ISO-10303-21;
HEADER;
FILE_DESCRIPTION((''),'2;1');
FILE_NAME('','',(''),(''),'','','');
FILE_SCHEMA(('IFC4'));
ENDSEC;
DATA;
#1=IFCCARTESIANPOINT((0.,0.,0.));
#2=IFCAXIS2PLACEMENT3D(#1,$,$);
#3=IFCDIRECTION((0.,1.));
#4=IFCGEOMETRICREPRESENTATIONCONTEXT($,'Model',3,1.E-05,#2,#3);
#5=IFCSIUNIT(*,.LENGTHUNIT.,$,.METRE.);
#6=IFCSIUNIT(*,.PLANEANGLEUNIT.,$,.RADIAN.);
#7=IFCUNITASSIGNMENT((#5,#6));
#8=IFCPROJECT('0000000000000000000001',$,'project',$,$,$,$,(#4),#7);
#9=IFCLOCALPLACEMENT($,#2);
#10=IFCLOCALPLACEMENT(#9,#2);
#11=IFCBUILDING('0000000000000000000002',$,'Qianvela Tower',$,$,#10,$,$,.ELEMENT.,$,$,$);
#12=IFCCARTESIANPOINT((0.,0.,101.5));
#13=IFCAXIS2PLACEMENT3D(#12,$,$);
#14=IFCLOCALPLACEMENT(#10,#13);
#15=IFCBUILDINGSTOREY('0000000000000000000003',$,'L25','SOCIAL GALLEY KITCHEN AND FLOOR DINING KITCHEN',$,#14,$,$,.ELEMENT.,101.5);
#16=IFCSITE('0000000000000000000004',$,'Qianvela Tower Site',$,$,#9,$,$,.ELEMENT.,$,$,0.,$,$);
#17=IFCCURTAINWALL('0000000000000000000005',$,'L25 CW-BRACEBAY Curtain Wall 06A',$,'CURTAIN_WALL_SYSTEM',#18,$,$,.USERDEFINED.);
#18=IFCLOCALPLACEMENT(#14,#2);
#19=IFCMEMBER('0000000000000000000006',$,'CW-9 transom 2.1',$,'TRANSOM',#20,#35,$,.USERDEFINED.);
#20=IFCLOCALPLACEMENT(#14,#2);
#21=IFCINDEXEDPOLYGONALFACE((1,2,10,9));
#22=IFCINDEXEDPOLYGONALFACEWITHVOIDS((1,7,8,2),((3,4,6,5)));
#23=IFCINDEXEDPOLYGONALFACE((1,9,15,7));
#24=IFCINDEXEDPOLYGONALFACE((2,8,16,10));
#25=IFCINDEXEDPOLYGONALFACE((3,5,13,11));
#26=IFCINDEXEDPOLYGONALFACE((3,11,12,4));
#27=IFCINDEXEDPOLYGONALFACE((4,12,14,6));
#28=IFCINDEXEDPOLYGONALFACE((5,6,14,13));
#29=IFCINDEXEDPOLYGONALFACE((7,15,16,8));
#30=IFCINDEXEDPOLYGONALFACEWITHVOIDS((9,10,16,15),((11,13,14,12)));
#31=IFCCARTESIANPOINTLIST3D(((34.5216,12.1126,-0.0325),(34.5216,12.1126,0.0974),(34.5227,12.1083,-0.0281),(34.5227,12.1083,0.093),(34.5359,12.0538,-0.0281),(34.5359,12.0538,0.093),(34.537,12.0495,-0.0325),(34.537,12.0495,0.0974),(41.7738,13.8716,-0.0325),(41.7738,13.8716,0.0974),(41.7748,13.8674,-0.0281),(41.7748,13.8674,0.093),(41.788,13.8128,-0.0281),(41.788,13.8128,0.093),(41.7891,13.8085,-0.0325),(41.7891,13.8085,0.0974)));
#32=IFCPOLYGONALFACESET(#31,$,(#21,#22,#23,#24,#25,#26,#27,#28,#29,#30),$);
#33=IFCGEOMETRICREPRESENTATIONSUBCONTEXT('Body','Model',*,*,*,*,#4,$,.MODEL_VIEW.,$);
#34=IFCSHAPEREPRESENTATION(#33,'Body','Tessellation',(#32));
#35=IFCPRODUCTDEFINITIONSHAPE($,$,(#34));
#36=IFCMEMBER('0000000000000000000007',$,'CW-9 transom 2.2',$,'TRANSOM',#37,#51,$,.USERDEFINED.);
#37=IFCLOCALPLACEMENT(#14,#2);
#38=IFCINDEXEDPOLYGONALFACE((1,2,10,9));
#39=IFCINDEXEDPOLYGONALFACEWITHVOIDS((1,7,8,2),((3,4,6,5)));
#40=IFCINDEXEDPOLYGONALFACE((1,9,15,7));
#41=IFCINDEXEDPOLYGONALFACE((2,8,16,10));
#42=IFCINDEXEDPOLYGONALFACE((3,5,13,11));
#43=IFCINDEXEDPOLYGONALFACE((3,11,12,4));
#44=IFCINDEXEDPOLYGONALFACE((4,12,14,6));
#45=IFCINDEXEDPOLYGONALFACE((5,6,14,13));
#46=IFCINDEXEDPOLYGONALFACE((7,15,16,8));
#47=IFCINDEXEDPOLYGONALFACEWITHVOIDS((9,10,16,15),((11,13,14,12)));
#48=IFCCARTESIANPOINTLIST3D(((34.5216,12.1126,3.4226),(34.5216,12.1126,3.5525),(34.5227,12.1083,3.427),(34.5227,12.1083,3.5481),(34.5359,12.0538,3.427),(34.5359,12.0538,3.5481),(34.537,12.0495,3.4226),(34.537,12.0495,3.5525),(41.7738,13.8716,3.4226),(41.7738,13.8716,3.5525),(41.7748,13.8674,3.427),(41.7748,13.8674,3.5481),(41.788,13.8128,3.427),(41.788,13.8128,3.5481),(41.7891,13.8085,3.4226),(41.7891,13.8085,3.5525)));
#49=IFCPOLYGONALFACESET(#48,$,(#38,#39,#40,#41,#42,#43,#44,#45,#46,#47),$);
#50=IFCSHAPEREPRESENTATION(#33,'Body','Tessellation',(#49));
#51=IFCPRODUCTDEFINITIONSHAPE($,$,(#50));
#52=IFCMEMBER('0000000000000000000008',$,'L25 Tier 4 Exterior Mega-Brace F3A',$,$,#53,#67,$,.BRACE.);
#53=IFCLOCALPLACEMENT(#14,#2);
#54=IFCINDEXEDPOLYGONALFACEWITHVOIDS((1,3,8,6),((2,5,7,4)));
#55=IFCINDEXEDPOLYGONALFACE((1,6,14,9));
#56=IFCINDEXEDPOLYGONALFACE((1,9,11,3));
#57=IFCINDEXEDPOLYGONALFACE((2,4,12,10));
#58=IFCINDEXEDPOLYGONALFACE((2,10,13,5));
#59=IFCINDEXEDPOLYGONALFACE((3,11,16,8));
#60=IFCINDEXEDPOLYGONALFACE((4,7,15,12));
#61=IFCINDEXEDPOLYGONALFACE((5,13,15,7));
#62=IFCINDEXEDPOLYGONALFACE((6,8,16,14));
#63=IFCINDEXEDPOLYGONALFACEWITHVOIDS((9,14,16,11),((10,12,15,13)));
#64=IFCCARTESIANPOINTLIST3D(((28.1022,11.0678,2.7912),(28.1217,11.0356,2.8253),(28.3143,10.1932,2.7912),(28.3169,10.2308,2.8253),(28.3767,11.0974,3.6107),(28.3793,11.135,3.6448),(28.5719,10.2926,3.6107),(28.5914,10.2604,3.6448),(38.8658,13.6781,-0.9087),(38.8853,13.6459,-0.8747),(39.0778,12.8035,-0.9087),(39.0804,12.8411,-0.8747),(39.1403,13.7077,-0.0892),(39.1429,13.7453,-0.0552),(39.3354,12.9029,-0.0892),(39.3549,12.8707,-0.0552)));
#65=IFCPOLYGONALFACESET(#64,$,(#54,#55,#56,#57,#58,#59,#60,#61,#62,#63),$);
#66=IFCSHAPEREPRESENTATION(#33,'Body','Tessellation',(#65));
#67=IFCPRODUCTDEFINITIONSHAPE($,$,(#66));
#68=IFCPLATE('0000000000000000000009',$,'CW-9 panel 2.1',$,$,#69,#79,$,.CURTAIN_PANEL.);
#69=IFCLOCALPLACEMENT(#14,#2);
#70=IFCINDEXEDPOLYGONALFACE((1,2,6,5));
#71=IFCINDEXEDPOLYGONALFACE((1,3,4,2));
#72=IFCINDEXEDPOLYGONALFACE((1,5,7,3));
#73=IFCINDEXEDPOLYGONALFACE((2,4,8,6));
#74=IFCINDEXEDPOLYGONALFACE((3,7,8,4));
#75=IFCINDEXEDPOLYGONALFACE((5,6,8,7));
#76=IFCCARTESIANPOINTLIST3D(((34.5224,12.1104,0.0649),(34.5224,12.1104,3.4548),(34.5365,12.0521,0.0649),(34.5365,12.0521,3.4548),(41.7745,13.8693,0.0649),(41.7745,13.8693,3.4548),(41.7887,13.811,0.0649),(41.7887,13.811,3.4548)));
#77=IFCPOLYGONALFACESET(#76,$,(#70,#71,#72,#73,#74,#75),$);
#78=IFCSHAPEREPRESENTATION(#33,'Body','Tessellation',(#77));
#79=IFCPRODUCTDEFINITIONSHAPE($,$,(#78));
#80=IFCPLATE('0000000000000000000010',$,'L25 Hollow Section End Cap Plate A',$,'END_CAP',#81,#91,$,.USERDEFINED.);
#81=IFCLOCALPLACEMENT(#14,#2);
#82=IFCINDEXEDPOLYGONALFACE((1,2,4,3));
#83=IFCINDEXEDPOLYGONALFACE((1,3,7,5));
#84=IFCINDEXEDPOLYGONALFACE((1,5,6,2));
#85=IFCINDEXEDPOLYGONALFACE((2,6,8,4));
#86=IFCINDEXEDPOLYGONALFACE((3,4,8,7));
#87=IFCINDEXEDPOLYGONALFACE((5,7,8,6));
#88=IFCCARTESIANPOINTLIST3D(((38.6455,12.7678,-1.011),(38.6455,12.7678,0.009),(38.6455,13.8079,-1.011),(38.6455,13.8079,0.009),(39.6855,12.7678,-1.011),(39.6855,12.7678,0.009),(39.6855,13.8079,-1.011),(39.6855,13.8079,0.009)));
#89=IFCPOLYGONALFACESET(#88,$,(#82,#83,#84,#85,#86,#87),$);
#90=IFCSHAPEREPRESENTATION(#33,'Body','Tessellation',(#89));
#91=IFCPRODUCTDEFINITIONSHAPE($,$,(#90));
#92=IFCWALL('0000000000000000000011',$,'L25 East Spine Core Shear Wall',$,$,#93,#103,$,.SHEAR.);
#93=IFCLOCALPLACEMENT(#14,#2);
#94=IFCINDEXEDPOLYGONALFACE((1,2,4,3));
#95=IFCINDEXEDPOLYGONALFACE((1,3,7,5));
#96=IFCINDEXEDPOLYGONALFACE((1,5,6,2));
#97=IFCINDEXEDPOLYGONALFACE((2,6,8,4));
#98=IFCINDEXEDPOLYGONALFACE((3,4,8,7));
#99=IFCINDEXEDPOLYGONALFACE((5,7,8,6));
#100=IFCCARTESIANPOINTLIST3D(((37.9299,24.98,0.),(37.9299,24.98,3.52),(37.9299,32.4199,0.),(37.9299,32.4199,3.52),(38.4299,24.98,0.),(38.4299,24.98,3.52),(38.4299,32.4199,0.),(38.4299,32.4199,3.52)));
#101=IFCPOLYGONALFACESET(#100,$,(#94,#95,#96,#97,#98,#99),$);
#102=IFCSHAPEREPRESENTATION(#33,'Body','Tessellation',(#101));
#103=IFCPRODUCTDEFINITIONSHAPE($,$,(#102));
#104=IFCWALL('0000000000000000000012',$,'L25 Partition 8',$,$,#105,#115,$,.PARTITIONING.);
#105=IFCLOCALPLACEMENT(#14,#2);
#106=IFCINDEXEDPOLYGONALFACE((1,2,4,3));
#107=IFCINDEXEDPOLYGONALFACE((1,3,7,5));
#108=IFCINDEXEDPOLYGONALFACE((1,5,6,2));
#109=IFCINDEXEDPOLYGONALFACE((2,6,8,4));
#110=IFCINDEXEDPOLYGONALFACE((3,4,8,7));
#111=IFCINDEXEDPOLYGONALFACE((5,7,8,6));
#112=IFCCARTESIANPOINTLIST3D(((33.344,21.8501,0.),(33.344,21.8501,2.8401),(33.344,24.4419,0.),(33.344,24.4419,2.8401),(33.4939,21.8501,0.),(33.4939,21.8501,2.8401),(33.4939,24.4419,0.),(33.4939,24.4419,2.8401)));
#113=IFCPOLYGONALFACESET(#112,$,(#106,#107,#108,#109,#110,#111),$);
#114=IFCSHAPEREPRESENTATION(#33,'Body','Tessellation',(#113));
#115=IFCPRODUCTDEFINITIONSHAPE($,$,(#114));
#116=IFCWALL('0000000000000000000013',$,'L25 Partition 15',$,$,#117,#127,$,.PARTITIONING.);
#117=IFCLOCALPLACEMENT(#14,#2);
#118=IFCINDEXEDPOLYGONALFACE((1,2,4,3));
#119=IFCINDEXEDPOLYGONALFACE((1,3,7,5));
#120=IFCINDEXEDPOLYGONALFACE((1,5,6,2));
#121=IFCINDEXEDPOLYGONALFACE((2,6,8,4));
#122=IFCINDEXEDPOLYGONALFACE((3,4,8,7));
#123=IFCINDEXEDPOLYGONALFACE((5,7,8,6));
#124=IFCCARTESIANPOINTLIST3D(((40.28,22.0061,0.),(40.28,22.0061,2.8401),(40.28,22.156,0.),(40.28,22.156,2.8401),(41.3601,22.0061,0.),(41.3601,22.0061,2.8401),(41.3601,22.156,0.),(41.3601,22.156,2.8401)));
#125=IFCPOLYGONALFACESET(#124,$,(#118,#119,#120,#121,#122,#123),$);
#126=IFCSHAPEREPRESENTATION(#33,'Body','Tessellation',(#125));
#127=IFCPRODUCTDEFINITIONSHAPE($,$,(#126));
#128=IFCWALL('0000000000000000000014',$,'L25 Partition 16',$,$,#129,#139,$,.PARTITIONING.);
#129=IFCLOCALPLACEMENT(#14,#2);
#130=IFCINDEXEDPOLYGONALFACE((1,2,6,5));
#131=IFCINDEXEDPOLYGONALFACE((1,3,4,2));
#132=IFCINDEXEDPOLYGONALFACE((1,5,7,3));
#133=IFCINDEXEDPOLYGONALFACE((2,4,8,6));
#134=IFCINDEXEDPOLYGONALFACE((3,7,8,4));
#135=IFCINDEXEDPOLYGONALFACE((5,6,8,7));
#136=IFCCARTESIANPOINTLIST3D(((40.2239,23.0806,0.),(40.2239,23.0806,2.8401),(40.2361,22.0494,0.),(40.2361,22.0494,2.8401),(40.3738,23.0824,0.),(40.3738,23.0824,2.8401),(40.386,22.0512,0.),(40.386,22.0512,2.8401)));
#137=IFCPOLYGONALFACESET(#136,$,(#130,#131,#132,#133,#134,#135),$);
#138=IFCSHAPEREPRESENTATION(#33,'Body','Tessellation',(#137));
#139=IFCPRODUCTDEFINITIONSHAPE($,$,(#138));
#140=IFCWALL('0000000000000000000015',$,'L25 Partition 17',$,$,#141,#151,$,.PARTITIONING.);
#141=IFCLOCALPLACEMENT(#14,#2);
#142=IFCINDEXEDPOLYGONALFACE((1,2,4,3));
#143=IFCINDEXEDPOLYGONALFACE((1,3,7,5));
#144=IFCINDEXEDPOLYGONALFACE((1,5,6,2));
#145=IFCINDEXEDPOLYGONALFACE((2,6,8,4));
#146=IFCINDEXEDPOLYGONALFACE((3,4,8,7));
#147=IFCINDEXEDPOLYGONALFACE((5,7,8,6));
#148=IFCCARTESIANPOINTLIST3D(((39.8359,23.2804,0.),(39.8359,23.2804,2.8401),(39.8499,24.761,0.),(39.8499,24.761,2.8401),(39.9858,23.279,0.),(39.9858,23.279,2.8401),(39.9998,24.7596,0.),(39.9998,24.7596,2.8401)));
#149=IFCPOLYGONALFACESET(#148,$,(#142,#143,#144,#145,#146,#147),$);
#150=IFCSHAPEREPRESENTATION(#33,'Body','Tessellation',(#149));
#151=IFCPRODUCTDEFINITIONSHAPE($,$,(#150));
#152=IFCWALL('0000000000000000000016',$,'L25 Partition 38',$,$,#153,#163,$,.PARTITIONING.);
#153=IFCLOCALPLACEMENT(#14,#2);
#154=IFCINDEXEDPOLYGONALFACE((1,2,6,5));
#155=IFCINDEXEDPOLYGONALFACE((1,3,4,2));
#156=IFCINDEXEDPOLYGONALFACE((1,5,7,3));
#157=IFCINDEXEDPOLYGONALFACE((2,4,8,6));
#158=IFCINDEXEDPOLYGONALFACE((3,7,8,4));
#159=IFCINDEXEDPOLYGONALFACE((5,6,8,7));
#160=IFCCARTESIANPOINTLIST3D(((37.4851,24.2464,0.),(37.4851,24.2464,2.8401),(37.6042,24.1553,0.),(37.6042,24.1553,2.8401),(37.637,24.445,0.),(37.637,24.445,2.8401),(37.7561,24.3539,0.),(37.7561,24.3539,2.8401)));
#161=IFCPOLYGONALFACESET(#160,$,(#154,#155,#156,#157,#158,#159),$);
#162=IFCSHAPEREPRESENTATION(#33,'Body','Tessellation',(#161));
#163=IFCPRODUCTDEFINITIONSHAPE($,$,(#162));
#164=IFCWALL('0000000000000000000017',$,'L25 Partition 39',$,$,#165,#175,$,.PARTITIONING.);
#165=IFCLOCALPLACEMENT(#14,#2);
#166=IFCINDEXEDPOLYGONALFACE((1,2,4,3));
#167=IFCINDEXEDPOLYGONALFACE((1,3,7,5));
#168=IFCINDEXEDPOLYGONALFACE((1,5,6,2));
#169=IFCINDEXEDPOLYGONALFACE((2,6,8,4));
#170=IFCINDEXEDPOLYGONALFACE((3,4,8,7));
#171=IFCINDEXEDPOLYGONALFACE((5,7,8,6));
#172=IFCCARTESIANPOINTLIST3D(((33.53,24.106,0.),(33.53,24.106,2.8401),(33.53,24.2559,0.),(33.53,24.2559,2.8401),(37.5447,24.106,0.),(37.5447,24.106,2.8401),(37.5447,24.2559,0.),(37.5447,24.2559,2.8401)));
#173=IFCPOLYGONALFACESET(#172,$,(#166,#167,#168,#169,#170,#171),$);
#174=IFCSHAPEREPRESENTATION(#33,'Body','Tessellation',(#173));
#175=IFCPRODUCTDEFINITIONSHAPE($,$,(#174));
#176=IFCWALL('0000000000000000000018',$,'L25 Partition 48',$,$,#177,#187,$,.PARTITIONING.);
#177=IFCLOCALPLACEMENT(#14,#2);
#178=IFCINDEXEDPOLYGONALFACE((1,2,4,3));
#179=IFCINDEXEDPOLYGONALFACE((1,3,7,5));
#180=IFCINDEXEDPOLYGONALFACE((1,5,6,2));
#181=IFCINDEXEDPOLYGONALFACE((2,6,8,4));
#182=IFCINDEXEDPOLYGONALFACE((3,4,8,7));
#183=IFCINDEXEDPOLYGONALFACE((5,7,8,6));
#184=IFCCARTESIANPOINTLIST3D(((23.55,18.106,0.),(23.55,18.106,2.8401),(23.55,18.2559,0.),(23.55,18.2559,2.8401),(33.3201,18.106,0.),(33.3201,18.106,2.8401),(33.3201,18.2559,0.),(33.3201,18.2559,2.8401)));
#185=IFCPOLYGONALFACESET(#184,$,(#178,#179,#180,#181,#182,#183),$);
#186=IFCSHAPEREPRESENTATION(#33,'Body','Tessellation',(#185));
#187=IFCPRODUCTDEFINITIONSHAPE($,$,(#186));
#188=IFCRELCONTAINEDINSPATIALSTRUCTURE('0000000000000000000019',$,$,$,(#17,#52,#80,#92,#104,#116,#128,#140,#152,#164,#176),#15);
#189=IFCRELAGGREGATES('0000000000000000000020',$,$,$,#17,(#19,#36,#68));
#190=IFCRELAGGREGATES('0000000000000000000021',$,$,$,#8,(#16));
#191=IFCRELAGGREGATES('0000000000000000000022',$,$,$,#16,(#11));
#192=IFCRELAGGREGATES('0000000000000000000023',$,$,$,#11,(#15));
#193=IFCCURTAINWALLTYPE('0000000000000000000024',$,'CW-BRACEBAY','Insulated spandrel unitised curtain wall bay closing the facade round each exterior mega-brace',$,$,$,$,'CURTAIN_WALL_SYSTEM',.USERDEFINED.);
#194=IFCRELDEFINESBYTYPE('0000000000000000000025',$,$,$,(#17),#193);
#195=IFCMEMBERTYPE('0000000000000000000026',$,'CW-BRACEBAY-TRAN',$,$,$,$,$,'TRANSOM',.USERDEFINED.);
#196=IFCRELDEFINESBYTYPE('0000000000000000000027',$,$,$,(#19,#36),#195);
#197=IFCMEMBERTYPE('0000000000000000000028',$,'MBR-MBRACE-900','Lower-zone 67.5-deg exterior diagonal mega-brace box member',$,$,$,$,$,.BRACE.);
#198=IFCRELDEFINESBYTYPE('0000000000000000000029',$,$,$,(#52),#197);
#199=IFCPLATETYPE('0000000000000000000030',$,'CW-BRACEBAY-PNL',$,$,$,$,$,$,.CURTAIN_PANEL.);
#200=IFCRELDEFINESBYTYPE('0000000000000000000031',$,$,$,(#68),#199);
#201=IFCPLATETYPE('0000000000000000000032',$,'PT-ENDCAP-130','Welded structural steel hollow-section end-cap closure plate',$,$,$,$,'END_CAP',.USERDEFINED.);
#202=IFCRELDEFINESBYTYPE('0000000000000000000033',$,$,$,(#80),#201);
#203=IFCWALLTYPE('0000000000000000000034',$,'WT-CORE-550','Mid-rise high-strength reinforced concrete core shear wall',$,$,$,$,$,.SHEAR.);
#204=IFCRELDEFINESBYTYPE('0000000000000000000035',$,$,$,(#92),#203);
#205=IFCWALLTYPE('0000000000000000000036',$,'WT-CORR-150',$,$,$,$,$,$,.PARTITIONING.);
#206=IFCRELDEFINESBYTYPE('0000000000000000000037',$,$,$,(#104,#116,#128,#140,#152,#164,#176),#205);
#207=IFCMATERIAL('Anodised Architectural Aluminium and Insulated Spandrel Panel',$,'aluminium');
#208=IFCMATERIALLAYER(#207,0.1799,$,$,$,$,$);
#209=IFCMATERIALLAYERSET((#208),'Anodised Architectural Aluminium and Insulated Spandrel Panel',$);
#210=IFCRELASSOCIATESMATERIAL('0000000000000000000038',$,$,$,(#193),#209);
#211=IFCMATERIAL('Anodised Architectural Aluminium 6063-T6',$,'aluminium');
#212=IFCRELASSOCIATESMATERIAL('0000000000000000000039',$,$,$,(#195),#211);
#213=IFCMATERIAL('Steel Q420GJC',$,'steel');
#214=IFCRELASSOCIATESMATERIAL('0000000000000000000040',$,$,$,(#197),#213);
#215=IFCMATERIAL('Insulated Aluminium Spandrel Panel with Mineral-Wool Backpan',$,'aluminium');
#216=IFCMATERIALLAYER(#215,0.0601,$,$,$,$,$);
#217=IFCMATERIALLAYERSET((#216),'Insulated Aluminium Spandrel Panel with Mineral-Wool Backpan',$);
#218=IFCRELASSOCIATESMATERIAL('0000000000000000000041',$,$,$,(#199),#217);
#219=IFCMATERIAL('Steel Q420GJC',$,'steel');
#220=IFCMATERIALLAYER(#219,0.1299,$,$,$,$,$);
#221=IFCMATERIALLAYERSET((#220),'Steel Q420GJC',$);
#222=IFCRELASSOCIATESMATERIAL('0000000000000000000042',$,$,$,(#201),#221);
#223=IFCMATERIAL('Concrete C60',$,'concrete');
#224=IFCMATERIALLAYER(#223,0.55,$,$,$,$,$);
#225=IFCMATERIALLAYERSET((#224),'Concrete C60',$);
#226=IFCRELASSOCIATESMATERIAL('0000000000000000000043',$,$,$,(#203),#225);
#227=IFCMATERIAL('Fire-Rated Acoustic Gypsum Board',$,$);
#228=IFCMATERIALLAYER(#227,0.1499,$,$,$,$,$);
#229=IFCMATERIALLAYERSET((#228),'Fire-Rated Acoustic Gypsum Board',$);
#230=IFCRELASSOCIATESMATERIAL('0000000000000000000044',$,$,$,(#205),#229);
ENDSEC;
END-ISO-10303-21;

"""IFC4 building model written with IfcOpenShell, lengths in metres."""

from ifc_helpers import new_model, si_unit, direction, frame, frame_2d, origin, origin_2d, place, context, subcontext, project, spatial, rectangle, hollow_rectangle, extrude, material, layer, layer_set, material_profile, profile_set, type_object, element, aggregate, save


model = new_model("IFC4")

# Units and contexts
model_context = context("Model", 3, precision=1e-05, world=origin(), true_north=direction((0.0, 1.0)))
body_context = subcontext(model_context, "Body", "Model", "MODEL_VIEW")
ifc_project = project(units=[si_unit("LENGTHUNIT", "METRE"), si_unit("PLANEANGLEUNIT", "RADIAN")], contexts=[model_context])

# Site, building, storey
site_placement = place(None, origin())
site = spatial("IfcSite", under=ifc_project, at=site_placement, Name="Qianvela Tower Site", CompositionType="ELEMENT", RefElevation=0.0)
building_placement = place(site_placement, origin())
building = spatial("IfcBuilding", under=site, at=building_placement, Name="Qianvela Tower", CompositionType="ELEMENT")
storey_placement = place(building_placement, frame((0.0, 0.0, 101.5)))
storey = spatial("IfcBuildingStorey", under=building, at=storey_placement, Name="L25", Description="SOCIAL GALLEY KITCHEN AND FLOOR DINING KITCHEN", CompositionType="ELEMENT", Elevation=101.5)

# Curtain wall, members
ifc_material_1 = material(Name="Anodised Architectural Aluminium and Insulated Spandrel Panel", Category="aluminium")
ifc_layer_1 = layer(ifc_material_1, 0.1799)
ifc_layer_set_1 = layer_set([ifc_layer_1], Name="Anodised Architectural Aluminium and Insulated Spandrel Panel")
curtain_wall_type = type_object("IfcCurtainWallType", Name="CW-BRACEBAY", Description="Insulated spandrel unitised curtain wall bay closing the facade round each exterior mega-brace", ElementType="CURTAIN_WALL_SYSTEM", PredefinedType="USERDEFINED", material=ifc_layer_set_1)
curtain_wall_placement = place(storey_placement, origin())
curtain_wall = element("IfcCurtainWall", 1, at=curtain_wall_placement, inside=storey, type_object=curtain_wall_type, Name="L25 CW-BRACEBAY Curtain Wall 06A", ObjectType="CURTAIN_WALL_SYSTEM", PredefinedType="USERDEFINED")
ifc_material_2 = material(Name="Anodised Architectural Aluminium 6063-T6", Category="aluminium")
ifc_material_profile_1 = material_profile(ifc_material_2, hollow_rectangle(XDim=0.0649, YDim=0.1299, WallThickness=0.0044, at=origin_2d()), Name="ALU-TRAN-65x130")
ifc_profile_set_1 = profile_set([ifc_material_profile_1], Name="Anodised Architectural Aluminium 6063-T6")
member_type_1 = type_object("IfcMemberType", Name="CW-BRACEBAY-TRAN", ElementType="TRANSOM", PredefinedType="USERDEFINED", material=ifc_profile_set_1)
member_1_placement = place(storey_placement, frame((34.5293, 12.0811, 0.0325), z_axis=(0.971822, 0.235717, 0.0), x_axis=(-0.235717, 0.971822, 0.0)))
member_1 = element("IfcMember", 2, at=member_1_placement, type_object=member_type_1, Name="CW-9 transom 2.1", ObjectType="TRANSOM", PredefinedType="USERDEFINED", context=body_context, shape_type="SweptSolid", body=[
    extrude(hollow_rectangle(XDim=0.0649, YDim=0.1299, WallThickness=0.0044, at=origin_2d()), origin(), (0.0, 0.0, 1.0), 7.4624),
])
member_2_placement = place(storey_placement, frame((34.5293, 12.0811, 3.4875), z_axis=(0.971822, 0.235717, 0.0), x_axis=(-0.235717, 0.971822, 0.0)))
member_2 = element("IfcMember", 3, at=member_2_placement, type_object=member_type_1, Name="CW-9 transom 2.2", ObjectType="TRANSOM", PredefinedType="USERDEFINED", context=body_context, shape_type="SweptSolid", body=[
    extrude(hollow_rectangle(XDim=0.0649, YDim=0.1299, WallThickness=0.0044, at=origin_2d()), origin(), (0.0, 0.0, 1.0), 7.4624),
])

# Member
ifc_material_3 = material(Name="Steel Q420GJC", Category="steel")
ifc_material_profile_2 = material_profile(ifc_material_3, hollow_rectangle(XDim=0.8999, YDim=0.8999, WallThickness=0.0359, at=origin_2d()), Name="MBOX-900x900x36")
ifc_profile_set_2 = profile_set([ifc_material_profile_2], Name="Steel Q420GJC")
member_type_2 = type_object("IfcMemberType", Name="MBR-MBRACE-900", Description="Lower-zone 67.5-deg exterior diagonal mega-brace box member", PredefinedType="BRACE", material=ifc_profile_set_2)
member_3_placement = place(storey_placement, frame((39.1104, 13.2744, -0.4819), z_axis=(-0.921757, -0.22354, 0.316849), x_axis=(0.235683, -0.97183, 0.0)))
element("IfcMember", 4, at=member_3_placement, inside=storey, type_object=member_type_2, Name="L25 Tier 4 Exterior Mega-Brace F3A", PredefinedType="BRACE", context=body_context, shape_type="SweptSolid", body=[
    extrude(hollow_rectangle(XDim=0.8999, YDim=0.8999, WallThickness=0.0359, at=origin_2d()), origin(), (0.0, 0.0, 1.0), 11.6772),
])

# Plates
ifc_material_4 = material(Name="Insulated Aluminium Spandrel Panel with Mineral-Wool Backpan", Category="aluminium")
ifc_layer_2 = layer(ifc_material_4, 0.0601)
ifc_layer_set_2 = layer_set([ifc_layer_2], Name="Insulated Aluminium Spandrel Panel with Mineral-Wool Backpan")
plate_type_1 = type_object("IfcPlateType", Name="CW-BRACEBAY-PNL", PredefinedType="CURTAIN_PANEL", material=ifc_layer_set_2)
plate_1_placement = place(storey_placement, frame((38.1555, 12.9607, 0.0649), z_axis=(0.0, 0.0, 1.0), x_axis=(0.971826, 0.235701, 0.0)))
plate_1 = element("IfcPlate", 5, at=plate_1_placement, type_object=plate_type_1, Name="CW-9 panel 2.1", PredefinedType="CURTAIN_PANEL", context=body_context, shape_type="SweptSolid", body=[
    extrude(rectangle(XDim=7.4624, YDim=0.0601, at=origin_2d()), origin(), (0.0, 0.0, 1.0), 3.3899),
])
aggregate(curtain_wall, [member_1, member_2, plate_1])
ifc_material_5 = material(Name="Steel Q420GJC", Category="steel")
ifc_layer_3 = layer(ifc_material_5, 0.1299)
ifc_layer_set_3 = layer_set([ifc_layer_3], Name="Steel Q420GJC")
plate_type_2 = type_object("IfcPlateType", Name="PT-ENDCAP-130", Description="Welded structural steel hollow-section end-cap closure plate", ElementType="END_CAP", PredefinedType="USERDEFINED", material=ifc_layer_set_3)
plate_2_placement = place(storey_placement, frame((39.1655, 13.2878, -1.011), z_axis=(0.0, 0.0, 1.0), x_axis=(1.0, 0.0, 0.0)))
element("IfcPlate", 6, at=plate_2_placement, inside=storey, type_object=plate_type_2, Name="L25 Hollow Section End Cap Plate A", ObjectType="END_CAP", PredefinedType="USERDEFINED", context=body_context, shape_type="SweptSolid", body=[
    extrude(rectangle(XDim=1.04, YDim=1.04, at=origin_2d()), origin(), (0.0, 0.0, 1.0), 1.02),
])

# Wall
ifc_material_6 = material(Name="Concrete C60", Category="concrete")
ifc_layer_4 = layer(ifc_material_6, 0.55)
ifc_layer_set_4 = layer_set([ifc_layer_4], Name="Concrete C60")
wall_type_1 = type_object("IfcWallType", Name="WT-CORE-550", Description="Mid-rise high-strength reinforced concrete core shear wall", PredefinedType="SHEAR", material=ifc_layer_set_4)
wall_1_placement = place(storey_placement, frame((38.1799, 24.98, 0.0), z_axis=(0.0, 0.0, 1.0), x_axis=(0.0, 1.0, 0.0)))
element("IfcWall", 7, at=wall_1_placement, inside=storey, type_object=wall_type_1, Name="L25 East Spine Core Shear Wall", PredefinedType="SHEAR", context=body_context, shape_type="SweptSolid", body=[
    extrude(rectangle(XDim=7.4399, YDim=0.5, at=frame_2d((3.72, 0.0))), origin(), (0.0, 0.0, 1.0), 3.52),
])

# Shared definitions
ifc_material_7 = material(Name="Fire-Rated Acoustic Gypsum Board")
ifc_layer_5 = layer(ifc_material_7, 0.1499)
ifc_layer_set_5 = layer_set([ifc_layer_5], Name="Fire-Rated Acoustic Gypsum Board")
wall_type_2 = type_object("IfcWallType", Name="WT-CORR-150", PredefinedType="PARTITIONING", material=ifc_layer_set_5)

# Walls
wall_2_placement = place(storey_placement, frame((33.4189, 24.4419, 0.0), z_axis=(0.0, 0.0, 1.0), x_axis=(0.0, -1.0, 0.0)))
element("IfcWall", 8, at=wall_2_placement, inside=storey, type_object=wall_type_2, Name="L25 Partition 8", PredefinedType="PARTITIONING", context=body_context, shape_type="SweptSolid", body=[
    extrude(rectangle(XDim=2.5918, YDim=0.1499, at=frame_2d((1.2959, 0.0))), origin(), (0.0, 0.0, 1.0), 2.8401),
])
wall_3_placement = place(storey_placement, frame((41.3601, 22.0811, 0.0), z_axis=(0.0, 0.0, 1.0), x_axis=(-1.0, 0.0, 0.0)))
element("IfcWall", 9, at=wall_3_placement, inside=storey, type_object=wall_type_2, Name="L25 Partition 15", PredefinedType="PARTITIONING", context=body_context, shape_type="SweptSolid", body=[
    extrude(rectangle(XDim=1.0801, YDim=0.1499, at=frame_2d((0.54, 0.0))), origin(), (0.0, 0.0, 1.0), 2.8401),
])
wall_4_placement = place(storey_placement, frame((40.311, 22.0503, 0.0), z_axis=(0.0, 0.0, 1.0), x_axis=(-0.011836, 0.99993, 0.0)))
element("IfcWall", 10, at=wall_4_placement, inside=storey, type_object=wall_type_2, Name="L25 Partition 16", PredefinedType="PARTITIONING", context=body_context, shape_type="SweptSolid", body=[
    extrude(rectangle(XDim=1.0312, YDim=0.1499, at=frame_2d((0.5156, 0.0))), origin(), (0.0, 0.0, 1.0), 2.8401),
])
wall_5_placement = place(storey_placement, frame((39.9109, 23.2798, 0.0), z_axis=(0.0, 0.0, 1.0), x_axis=(0.009398, 0.999956, 0.0)))
element("IfcWall", 11, at=wall_5_placement, inside=storey, type_object=wall_type_2, Name="L25 Partition 17", PredefinedType="PARTITIONING", context=body_context, shape_type="SweptSolid", body=[
    extrude(rectangle(XDim=1.4807, YDim=0.1499, at=frame_2d((0.7402, 0.0))), origin(), (0.0, 0.0, 1.0), 2.8401),
])
wall_6_placement = place(storey_placement, frame((37.6965, 24.3994, 0.0), z_axis=(0.0, 0.0, 1.0), x_axis=(-0.607631, -0.794219, 0.0)))
element("IfcWall", 12, at=wall_6_placement, inside=storey, type_object=wall_type_2, Name="L25 Partition 38", PredefinedType="PARTITIONING", context=body_context, shape_type="SweptSolid", body=[
    extrude(rectangle(XDim=0.25, YDim=0.1499, at=frame_2d((0.125, 0.0))), origin(), (0.0, 0.0, 1.0), 2.8401),
])
wall_7_placement = place(storey_placement, frame((37.5447, 24.1809, 0.0), z_axis=(0.0, 0.0, 1.0), x_axis=(-1.0, 0.0, 0.0)))
element("IfcWall", 13, at=wall_7_placement, inside=storey, type_object=wall_type_2, Name="L25 Partition 39", PredefinedType="PARTITIONING", context=body_context, shape_type="SweptSolid", body=[
    extrude(rectangle(XDim=4.0146, YDim=0.1499, at=frame_2d((2.0073, 0.0))), origin(), (0.0, 0.0, 1.0), 2.8401),
])
wall_8_placement = place(storey_placement, frame((33.3201, 18.1809, 0.0), z_axis=(0.0, 0.0, 1.0), x_axis=(-1.0, 0.0, 0.0)))
element("IfcWall", 14, at=wall_8_placement, inside=storey, type_object=wall_type_2, Name="L25 Partition 48", PredefinedType="PARTITIONING", context=body_context, shape_type="SweptSolid", body=[
    extrude(rectangle(XDim=9.77, YDim=0.1499, at=frame_2d((4.885, 0.0))), origin(), (0.0, 0.0, 1.0), 2.8401),
])

save(model, "model.ifc")
